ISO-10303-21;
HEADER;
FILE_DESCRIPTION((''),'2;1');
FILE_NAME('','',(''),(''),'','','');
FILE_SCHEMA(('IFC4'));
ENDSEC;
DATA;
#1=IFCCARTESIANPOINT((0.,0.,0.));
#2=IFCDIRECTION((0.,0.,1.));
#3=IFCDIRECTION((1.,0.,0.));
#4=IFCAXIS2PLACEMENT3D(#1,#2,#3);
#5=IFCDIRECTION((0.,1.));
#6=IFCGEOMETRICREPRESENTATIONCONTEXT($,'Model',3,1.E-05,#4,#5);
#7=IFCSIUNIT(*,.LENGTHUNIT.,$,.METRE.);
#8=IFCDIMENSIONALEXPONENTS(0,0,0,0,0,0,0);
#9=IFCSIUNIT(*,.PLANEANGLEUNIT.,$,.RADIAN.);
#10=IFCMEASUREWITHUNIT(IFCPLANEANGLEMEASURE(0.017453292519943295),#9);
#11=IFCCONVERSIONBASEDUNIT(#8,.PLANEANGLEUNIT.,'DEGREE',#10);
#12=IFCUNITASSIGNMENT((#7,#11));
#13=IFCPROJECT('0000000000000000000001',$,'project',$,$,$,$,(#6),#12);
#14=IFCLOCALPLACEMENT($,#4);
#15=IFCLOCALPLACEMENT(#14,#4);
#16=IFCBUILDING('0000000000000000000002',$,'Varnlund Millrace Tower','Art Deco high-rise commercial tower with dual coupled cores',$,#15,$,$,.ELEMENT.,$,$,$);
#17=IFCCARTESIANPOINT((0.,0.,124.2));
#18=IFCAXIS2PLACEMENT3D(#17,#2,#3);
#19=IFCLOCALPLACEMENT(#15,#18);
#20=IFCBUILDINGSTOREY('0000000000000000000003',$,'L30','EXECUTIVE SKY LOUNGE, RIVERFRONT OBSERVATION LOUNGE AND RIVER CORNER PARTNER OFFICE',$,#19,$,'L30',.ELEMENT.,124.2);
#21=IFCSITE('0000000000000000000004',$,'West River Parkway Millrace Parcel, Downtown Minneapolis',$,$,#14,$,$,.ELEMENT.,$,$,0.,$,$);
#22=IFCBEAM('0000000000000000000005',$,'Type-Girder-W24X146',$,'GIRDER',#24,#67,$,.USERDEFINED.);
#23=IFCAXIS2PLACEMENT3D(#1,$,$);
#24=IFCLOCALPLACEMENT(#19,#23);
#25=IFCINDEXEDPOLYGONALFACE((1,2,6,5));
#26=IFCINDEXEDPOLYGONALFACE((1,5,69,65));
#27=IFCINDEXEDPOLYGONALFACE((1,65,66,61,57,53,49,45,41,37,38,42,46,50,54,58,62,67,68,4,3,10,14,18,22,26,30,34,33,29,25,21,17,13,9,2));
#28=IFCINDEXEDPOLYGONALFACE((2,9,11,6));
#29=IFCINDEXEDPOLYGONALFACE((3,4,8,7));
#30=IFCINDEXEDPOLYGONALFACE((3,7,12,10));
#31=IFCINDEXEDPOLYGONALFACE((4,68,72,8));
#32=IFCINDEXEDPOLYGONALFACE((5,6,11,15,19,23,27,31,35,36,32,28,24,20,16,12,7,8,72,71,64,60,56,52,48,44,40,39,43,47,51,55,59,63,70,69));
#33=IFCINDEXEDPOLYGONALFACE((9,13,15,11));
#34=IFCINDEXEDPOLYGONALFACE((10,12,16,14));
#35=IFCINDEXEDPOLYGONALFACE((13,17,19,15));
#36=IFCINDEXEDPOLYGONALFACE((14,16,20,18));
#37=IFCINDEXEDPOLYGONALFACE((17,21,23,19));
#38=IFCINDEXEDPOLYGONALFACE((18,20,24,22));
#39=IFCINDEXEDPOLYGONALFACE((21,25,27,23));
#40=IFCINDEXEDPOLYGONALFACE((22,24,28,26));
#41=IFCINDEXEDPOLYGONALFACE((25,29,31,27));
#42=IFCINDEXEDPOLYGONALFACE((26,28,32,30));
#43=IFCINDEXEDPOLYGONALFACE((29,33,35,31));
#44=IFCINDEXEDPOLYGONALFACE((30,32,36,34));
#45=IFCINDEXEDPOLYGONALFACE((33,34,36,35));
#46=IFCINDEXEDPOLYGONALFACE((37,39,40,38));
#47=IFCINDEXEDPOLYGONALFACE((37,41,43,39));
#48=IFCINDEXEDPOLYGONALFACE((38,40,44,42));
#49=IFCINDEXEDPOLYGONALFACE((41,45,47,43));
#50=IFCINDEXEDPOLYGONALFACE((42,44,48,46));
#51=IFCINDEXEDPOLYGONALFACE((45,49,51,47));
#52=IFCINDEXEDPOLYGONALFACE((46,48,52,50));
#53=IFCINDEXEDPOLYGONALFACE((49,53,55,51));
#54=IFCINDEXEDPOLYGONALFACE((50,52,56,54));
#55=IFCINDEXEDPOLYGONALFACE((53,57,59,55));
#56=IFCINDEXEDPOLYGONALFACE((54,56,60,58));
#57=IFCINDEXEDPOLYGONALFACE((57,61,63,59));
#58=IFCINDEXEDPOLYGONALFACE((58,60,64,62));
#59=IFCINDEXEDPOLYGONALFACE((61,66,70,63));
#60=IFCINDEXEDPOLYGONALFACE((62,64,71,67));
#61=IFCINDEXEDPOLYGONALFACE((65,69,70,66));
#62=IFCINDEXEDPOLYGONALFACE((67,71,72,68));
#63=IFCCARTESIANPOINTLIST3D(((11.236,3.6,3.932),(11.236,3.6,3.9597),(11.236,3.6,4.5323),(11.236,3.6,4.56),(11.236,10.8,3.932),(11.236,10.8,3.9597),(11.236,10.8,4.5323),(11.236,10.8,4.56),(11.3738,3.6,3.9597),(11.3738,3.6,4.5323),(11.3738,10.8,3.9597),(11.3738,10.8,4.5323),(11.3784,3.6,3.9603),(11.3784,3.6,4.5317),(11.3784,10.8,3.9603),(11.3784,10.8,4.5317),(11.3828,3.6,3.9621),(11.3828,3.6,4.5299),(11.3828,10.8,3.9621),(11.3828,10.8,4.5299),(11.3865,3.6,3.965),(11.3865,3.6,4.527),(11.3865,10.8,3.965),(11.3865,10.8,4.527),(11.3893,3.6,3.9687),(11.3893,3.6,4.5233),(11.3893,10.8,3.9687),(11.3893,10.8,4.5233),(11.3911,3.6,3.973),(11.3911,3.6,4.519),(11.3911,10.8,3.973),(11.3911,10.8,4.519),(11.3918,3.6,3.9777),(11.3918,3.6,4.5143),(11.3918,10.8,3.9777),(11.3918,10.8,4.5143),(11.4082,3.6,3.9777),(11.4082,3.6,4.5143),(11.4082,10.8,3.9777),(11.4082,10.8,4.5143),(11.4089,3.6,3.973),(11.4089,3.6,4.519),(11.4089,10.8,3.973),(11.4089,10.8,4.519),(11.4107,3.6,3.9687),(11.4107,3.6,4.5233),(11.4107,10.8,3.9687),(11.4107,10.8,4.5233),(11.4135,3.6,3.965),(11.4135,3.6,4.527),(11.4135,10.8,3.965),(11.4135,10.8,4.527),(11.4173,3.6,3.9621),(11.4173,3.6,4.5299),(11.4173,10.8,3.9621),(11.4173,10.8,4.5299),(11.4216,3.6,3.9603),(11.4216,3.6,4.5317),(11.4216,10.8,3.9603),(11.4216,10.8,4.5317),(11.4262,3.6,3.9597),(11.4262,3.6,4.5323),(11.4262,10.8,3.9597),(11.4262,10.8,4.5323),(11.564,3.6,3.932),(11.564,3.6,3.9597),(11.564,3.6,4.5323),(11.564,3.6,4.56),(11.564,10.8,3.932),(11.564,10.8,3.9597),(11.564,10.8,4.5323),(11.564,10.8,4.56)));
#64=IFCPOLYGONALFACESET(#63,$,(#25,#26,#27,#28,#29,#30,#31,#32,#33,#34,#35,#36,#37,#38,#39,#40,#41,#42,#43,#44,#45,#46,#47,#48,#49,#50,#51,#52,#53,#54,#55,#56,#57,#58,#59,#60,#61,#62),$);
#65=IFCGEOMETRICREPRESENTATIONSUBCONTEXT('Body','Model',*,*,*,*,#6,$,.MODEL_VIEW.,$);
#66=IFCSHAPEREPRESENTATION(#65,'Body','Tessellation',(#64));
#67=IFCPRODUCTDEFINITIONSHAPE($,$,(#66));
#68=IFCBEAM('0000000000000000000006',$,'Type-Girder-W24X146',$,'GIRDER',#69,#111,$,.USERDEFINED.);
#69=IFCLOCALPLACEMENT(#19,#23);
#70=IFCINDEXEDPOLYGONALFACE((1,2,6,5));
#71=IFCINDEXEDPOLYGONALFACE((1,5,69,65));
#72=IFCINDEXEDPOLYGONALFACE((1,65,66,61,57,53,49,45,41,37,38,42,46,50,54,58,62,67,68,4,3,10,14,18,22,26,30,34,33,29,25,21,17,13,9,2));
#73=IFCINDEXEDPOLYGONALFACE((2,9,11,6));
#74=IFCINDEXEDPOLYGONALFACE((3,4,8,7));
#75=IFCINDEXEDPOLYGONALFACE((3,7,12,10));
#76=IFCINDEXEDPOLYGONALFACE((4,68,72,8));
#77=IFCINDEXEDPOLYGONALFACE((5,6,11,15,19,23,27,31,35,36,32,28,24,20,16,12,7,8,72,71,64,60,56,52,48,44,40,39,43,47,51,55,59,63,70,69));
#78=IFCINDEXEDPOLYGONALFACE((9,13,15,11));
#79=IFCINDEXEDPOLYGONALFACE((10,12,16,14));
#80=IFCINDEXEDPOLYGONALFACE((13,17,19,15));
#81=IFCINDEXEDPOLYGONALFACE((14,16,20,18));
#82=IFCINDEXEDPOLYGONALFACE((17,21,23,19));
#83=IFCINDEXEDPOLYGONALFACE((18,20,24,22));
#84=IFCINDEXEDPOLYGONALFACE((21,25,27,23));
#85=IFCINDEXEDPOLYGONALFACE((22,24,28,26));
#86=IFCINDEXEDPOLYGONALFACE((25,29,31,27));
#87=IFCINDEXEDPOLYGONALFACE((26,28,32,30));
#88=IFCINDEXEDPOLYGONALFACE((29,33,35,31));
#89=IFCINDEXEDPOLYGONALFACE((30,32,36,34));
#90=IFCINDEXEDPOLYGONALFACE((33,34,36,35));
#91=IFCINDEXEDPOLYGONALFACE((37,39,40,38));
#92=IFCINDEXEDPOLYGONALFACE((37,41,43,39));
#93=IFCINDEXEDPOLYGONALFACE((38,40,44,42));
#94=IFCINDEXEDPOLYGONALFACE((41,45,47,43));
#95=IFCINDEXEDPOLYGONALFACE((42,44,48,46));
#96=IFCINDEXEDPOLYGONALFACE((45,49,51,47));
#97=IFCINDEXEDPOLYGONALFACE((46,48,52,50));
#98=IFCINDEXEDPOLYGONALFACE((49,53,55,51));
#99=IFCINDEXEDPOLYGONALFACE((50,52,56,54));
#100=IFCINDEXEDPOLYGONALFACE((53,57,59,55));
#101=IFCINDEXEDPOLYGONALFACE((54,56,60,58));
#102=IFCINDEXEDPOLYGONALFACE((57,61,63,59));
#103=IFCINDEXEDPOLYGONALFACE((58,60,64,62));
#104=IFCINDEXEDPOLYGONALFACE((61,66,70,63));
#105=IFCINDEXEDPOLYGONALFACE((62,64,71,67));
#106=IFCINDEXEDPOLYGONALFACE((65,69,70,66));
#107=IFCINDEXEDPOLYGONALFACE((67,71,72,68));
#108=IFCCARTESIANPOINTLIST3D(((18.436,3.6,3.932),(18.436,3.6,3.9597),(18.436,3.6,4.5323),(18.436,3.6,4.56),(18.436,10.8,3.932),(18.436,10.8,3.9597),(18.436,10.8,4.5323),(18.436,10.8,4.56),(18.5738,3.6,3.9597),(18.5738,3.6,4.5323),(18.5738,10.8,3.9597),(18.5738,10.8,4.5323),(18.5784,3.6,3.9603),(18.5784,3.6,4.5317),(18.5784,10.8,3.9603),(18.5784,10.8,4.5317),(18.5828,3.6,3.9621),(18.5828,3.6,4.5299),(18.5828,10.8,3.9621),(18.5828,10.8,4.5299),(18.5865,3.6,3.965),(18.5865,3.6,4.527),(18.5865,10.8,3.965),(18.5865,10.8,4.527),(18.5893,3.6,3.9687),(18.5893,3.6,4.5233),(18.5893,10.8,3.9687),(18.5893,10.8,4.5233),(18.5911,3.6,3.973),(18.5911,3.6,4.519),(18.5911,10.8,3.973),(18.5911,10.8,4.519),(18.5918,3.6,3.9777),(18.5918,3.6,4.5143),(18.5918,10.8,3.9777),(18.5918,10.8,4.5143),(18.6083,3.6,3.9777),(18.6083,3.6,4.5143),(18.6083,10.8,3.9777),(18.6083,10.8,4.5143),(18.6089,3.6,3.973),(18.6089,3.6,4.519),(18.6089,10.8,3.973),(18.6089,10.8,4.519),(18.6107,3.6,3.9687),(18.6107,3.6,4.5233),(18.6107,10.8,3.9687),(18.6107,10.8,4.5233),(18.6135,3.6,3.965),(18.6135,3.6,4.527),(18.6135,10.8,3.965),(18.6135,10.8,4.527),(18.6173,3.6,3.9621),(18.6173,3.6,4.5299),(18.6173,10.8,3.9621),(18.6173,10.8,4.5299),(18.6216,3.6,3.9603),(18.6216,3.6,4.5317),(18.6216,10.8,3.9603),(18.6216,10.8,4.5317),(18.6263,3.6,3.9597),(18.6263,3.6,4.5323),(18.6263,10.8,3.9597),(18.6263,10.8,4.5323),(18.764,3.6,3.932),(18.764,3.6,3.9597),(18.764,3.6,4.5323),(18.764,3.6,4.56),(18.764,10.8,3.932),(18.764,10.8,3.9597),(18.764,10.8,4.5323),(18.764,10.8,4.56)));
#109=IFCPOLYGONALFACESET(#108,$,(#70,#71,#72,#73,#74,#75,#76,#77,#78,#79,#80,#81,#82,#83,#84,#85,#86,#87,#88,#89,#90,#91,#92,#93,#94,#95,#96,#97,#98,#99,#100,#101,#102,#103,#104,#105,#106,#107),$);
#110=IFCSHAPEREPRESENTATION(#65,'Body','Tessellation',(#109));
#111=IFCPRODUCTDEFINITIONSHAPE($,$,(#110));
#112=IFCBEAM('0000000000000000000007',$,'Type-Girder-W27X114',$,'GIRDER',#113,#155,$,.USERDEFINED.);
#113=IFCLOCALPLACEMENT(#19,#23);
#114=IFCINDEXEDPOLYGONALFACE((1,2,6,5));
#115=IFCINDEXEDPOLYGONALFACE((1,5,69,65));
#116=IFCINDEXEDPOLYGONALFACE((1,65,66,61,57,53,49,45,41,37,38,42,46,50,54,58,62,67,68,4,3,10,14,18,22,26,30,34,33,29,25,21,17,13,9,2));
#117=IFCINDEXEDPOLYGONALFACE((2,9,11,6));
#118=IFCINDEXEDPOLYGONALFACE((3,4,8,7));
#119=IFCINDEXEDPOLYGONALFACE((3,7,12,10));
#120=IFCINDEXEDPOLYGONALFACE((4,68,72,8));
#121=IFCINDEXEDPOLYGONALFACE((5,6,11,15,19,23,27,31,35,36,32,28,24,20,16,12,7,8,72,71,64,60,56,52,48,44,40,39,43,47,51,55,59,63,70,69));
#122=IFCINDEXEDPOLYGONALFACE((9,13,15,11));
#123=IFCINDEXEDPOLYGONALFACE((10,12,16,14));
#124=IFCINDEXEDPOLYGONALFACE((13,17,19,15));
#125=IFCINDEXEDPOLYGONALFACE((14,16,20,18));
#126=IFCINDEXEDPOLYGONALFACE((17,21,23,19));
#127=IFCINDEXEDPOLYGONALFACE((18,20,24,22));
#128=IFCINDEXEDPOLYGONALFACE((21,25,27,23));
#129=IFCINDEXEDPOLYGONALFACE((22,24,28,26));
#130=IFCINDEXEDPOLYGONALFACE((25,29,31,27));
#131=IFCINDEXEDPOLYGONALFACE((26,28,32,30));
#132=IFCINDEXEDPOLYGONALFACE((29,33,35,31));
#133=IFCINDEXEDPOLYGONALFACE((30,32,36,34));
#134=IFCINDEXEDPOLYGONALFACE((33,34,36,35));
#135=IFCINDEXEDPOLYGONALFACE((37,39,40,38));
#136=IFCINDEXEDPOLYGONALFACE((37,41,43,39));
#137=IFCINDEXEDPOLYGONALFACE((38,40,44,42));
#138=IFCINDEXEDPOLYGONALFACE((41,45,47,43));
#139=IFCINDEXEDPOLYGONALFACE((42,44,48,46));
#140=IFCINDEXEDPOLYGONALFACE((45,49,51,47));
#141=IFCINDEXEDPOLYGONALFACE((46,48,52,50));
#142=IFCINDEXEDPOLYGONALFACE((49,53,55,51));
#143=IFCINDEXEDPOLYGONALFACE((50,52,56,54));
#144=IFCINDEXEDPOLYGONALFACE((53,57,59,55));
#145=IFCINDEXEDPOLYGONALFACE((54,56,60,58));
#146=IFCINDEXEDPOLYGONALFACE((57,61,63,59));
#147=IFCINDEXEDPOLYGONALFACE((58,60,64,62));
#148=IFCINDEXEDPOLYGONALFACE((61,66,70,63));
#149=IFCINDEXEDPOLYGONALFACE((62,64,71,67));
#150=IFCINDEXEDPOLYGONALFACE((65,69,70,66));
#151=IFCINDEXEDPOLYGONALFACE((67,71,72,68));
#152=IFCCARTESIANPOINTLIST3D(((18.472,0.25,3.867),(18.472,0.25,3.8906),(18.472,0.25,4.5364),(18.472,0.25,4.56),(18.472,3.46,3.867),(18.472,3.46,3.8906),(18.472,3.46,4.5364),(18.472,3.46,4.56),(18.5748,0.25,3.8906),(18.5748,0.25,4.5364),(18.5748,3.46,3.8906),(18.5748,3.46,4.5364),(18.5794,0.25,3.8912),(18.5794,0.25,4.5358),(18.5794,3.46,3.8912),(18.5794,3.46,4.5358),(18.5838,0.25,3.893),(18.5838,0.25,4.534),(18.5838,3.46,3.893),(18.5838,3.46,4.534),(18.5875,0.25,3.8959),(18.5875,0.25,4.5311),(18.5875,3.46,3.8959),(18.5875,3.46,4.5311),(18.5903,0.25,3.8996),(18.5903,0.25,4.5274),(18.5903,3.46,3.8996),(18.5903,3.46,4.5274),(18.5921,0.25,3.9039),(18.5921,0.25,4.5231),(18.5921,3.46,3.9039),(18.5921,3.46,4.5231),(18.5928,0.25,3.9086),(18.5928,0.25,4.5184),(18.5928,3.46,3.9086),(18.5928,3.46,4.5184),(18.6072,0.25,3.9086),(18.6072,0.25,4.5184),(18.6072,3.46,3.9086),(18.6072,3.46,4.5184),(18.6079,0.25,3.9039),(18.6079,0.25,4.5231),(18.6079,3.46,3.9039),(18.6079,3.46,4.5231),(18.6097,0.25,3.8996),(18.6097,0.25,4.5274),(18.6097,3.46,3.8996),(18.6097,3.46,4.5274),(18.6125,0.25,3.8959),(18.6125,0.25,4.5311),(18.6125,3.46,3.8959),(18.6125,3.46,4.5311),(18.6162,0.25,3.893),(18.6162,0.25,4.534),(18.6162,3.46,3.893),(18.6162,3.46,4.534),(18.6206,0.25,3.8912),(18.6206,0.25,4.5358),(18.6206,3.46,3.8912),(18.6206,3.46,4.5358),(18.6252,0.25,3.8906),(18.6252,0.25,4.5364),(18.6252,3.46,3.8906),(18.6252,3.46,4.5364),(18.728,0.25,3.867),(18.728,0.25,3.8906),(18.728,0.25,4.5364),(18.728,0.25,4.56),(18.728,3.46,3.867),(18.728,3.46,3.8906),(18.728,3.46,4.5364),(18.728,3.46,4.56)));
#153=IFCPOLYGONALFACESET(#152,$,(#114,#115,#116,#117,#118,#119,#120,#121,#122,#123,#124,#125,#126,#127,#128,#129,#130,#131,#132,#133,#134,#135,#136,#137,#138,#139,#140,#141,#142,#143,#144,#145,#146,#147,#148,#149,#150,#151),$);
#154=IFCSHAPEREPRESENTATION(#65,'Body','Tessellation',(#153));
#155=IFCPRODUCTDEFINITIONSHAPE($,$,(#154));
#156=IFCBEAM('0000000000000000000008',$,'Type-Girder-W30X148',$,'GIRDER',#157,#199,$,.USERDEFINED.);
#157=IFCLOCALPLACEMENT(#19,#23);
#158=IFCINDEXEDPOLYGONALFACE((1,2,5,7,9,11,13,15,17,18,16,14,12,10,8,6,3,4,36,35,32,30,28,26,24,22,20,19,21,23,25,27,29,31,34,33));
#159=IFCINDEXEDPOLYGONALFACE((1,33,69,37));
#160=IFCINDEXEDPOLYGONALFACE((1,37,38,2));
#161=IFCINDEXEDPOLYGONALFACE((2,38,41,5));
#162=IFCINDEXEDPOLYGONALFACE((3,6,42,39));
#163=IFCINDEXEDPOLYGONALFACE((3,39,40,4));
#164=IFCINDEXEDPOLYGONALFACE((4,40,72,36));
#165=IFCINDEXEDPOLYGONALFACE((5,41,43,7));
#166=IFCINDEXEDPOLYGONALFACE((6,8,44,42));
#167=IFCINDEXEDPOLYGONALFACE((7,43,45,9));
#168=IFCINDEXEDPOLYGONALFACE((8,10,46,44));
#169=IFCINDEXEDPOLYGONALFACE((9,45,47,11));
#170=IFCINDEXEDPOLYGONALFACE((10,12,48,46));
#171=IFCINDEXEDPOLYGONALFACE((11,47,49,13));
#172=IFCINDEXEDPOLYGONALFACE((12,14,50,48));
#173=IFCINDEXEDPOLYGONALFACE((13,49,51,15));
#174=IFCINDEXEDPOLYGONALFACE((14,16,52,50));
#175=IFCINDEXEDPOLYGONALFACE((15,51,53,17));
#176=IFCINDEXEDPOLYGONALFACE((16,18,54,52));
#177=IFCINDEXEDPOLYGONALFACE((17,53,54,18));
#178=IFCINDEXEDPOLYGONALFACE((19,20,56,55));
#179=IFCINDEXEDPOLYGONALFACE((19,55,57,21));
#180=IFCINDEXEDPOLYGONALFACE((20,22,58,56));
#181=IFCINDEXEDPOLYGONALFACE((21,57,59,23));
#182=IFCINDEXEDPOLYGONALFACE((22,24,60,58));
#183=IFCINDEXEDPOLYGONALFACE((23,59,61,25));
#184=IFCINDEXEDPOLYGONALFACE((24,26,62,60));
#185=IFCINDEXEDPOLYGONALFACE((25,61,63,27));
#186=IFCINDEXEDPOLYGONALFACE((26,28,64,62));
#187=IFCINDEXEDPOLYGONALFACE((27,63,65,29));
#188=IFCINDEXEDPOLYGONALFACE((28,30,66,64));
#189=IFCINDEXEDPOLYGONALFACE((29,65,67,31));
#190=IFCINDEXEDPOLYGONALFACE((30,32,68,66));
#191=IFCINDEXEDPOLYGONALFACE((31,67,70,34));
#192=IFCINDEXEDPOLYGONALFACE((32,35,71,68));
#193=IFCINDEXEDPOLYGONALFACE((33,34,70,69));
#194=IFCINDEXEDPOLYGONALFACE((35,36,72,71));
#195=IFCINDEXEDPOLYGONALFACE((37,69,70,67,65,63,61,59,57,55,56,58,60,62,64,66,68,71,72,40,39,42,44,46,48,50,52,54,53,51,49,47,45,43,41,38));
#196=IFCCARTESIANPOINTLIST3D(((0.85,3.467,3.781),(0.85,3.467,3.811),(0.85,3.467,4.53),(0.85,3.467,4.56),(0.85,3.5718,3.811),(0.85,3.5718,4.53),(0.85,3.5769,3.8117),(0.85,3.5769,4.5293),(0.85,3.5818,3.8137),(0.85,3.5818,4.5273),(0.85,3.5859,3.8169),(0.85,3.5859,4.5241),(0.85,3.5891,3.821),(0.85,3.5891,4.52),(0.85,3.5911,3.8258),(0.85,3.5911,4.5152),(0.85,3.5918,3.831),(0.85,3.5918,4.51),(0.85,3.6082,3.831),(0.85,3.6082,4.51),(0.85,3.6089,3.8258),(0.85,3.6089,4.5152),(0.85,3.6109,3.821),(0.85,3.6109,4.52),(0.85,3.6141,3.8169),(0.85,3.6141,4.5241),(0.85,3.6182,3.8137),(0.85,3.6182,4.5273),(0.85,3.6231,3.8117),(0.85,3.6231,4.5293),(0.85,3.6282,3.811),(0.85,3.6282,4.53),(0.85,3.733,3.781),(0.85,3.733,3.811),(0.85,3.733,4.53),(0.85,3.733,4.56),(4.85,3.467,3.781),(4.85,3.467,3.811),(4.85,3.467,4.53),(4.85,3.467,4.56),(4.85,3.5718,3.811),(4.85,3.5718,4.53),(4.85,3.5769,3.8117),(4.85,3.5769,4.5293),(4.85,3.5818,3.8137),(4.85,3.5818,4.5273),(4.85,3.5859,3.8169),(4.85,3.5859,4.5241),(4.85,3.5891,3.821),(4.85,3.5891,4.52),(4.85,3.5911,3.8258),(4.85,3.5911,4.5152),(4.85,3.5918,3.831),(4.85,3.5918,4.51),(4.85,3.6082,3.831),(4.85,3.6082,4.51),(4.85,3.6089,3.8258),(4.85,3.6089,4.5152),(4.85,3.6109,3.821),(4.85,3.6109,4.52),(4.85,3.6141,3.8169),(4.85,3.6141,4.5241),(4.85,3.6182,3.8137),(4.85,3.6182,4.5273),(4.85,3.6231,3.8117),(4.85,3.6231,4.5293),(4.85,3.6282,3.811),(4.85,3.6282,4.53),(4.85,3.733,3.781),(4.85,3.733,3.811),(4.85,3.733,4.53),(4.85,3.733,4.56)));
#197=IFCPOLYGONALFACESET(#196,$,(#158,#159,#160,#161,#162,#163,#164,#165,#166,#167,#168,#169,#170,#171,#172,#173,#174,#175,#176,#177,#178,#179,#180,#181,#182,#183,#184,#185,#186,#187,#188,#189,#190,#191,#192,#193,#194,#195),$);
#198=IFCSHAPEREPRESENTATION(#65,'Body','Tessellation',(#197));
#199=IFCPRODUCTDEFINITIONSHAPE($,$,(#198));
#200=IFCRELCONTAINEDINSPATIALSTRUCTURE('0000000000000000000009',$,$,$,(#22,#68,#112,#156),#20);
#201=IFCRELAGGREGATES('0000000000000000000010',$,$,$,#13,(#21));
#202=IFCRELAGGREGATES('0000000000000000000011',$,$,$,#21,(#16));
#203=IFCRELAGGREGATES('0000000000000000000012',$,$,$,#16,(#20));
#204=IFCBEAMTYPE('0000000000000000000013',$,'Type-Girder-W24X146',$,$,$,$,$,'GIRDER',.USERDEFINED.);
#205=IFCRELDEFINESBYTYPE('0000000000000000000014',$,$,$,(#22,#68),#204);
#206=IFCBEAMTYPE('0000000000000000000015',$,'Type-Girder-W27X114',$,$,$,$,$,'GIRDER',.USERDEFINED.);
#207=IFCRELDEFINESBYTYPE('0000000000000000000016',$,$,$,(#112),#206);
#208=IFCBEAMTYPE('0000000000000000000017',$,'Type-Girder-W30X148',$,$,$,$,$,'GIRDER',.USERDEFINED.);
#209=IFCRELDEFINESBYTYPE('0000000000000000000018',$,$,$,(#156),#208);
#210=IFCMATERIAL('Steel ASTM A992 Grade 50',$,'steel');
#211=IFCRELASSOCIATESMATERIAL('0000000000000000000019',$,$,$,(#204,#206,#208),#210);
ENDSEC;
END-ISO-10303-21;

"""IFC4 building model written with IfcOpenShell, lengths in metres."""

from ifc_helpers import new_model, entity, si_unit, converted_unit, direction, frame, origin_with_axes, origin_2d_with_axis, place, context, subcontext, project, spatial, i_section, extrude, material, material_profile, profile_set, type_object, element, save


model = new_model("IFC4")

# Units and contexts
model_context = context("Model", 3, precision=1e-05, world=origin_with_axes(), true_north=direction((0.0, 1.0)))
body_context = subcontext(model_context, "Body", "Model", "MODEL_VIEW")
ifc_project = project(units=[si_unit("LENGTHUNIT", "METRE"), converted_unit("PLANEANGLEUNIT", "DEGREE", entity("IfcPlaneAngleMeasure", 0.017453292519943295), si_unit("PLANEANGLEUNIT", "RADIAN"), dimensions=[0, 0, 0, 0, 0, 0, 0])], contexts=[model_context])

# Site, building, storey
site_placement = place(None, origin_with_axes())
site = spatial("IfcSite", under=ifc_project, at=site_placement, Name="West River Parkway Millrace Parcel, Downtown Minneapolis", CompositionType="ELEMENT", RefElevation=0.0)
building_placement = place(site_placement, origin_with_axes())
building = spatial("IfcBuilding", under=site, at=building_placement, Name="Varnlund Millrace Tower", Description="Art Deco high-rise commercial tower with dual coupled cores", CompositionType="ELEMENT")
storey_placement = place(building_placement, frame((0.0, 0.0, 124.2), z_axis=(0.0, 0.0, 1.0), x_axis=(1.0, 0.0, 0.0)))
storey = spatial("IfcBuildingStorey", under=building, at=storey_placement, Name="L30", Description="EXECUTIVE SKY LOUNGE, RIVERFRONT OBSERVATION LOUNGE AND RIVER CORNER PARTNER OFFICE", LongName="L30", CompositionType="ELEMENT", Elevation=124.2)

# Beams
ifc_material_1 = material(Name="Steel ASTM A992 Grade 50", Category="steel")
ifc_material_profile_1 = material_profile(ifc_material_1, i_section(OverallWidth=0.328, OverallDepth=0.628, WebThickness=0.0165, FlangeThickness=0.0277, FilletRadius=0.018, at=origin_2d_with_axis()), Name="Steel ASTM A992 Grade 50")
ifc_profile_set_1 = profile_set([ifc_material_profile_1], Name="Steel ASTM A992 Grade 50")
beam_type_1 = type_object("IfcBeamType", Name="Type-Girder-W24X146", ElementType="GIRDER", PredefinedType="USERDEFINED", material=ifc_profile_set_1)
for number, where, z_axis, x_axis, name in (
    (1, (11.4, 3.6, 4.246), (0.0, 1.0, 0.0), (-1.0, 0.0, 0.0), "Type-Girder-W24X146"),
    (2, (18.6, 3.6, 4.246), (0.0, 1.0, 0.0), (-1.0, 0.0, 0.0), "Type-Girder-W24X146"),
):
    element("IfcBeam", number, at=place(storey_placement, frame(where, z_axis=z_axis, x_axis=x_axis)), inside=storey, type_object=beam_type_1, Name=name, ObjectType="GIRDER", PredefinedType="USERDEFINED", context=body_context, shape_type="SweptSolid", body=[
        extrude(i_section(OverallWidth=0.328, OverallDepth=0.628, WebThickness=0.0165, FlangeThickness=0.0277, FilletRadius=0.018, at=origin_2d_with_axis()), origin_with_axes(), (0.0, 0.0, 1.0), 7.2),
    ])
ifc_material_profile_2 = material_profile(ifc_material_1, i_section(OverallWidth=0.256, OverallDepth=0.693, WebThickness=0.0145, FlangeThickness=0.0236, FilletRadius=0.018, at=origin_2d_with_axis()), Name="Steel ASTM A992 Grade 50")
ifc_profile_set_2 = profile_set([ifc_material_profile_2], Name="Steel ASTM A992 Grade 50")
beam_type_2 = type_object("IfcBeamType", Name="Type-Girder-W27X114", ElementType="GIRDER", PredefinedType="USERDEFINED", material=ifc_profile_set_2)
beam_1_placement = place(storey_placement, frame((18.6, 0.25, 4.2135), z_axis=(0.0, 1.0, 0.0), x_axis=(-1.0, 0.0, 0.0)))
element("IfcBeam", 3, at=beam_1_placement, inside=storey, type_object=beam_type_2, Name="Type-Girder-W27X114", ObjectType="GIRDER", PredefinedType="USERDEFINED", context=body_context, shape_type="SweptSolid", body=[
    extrude(i_section(OverallWidth=0.256, OverallDepth=0.693, WebThickness=0.0145, FlangeThickness=0.0236, FilletRadius=0.018, at=origin_2d_with_axis()), origin_with_axes(), (0.0, 0.0, 1.0), 3.21),
])
ifc_material_profile_3 = material_profile(ifc_material_1, i_section(OverallWidth=0.266, OverallDepth=0.779, WebThickness=0.0165, FlangeThickness=0.03, FilletRadius=0.02, at=origin_2d_with_axis()), Name="Steel ASTM A992 Grade 50")
ifc_profile_set_3 = profile_set([ifc_material_profile_3], Name="Steel ASTM A992 Grade 50")
beam_type_3 = type_object("IfcBeamType", Name="Type-Girder-W30X148", ElementType="GIRDER", PredefinedType="USERDEFINED", material=ifc_profile_set_3)
beam_2_placement = place(storey_placement, frame((0.85, 3.6, 4.1705), z_axis=(1.0, 0.0, 0.0), x_axis=(0.0, 1.0, 0.0)))
element("IfcBeam", 4, at=beam_2_placement, inside=storey, type_object=beam_type_3, Name="Type-Girder-W30X148", ObjectType="GIRDER", PredefinedType="USERDEFINED", context=body_context, shape_type="SweptSolid", body=[
    extrude(i_section(OverallWidth=0.266, OverallDepth=0.779, WebThickness=0.0165, FlangeThickness=0.03, FilletRadius=0.02, at=origin_2d_with_axis()), origin_with_axes(), (0.0, 0.0, 1.0), 4.0),
])

save(model, "model.ifc")
